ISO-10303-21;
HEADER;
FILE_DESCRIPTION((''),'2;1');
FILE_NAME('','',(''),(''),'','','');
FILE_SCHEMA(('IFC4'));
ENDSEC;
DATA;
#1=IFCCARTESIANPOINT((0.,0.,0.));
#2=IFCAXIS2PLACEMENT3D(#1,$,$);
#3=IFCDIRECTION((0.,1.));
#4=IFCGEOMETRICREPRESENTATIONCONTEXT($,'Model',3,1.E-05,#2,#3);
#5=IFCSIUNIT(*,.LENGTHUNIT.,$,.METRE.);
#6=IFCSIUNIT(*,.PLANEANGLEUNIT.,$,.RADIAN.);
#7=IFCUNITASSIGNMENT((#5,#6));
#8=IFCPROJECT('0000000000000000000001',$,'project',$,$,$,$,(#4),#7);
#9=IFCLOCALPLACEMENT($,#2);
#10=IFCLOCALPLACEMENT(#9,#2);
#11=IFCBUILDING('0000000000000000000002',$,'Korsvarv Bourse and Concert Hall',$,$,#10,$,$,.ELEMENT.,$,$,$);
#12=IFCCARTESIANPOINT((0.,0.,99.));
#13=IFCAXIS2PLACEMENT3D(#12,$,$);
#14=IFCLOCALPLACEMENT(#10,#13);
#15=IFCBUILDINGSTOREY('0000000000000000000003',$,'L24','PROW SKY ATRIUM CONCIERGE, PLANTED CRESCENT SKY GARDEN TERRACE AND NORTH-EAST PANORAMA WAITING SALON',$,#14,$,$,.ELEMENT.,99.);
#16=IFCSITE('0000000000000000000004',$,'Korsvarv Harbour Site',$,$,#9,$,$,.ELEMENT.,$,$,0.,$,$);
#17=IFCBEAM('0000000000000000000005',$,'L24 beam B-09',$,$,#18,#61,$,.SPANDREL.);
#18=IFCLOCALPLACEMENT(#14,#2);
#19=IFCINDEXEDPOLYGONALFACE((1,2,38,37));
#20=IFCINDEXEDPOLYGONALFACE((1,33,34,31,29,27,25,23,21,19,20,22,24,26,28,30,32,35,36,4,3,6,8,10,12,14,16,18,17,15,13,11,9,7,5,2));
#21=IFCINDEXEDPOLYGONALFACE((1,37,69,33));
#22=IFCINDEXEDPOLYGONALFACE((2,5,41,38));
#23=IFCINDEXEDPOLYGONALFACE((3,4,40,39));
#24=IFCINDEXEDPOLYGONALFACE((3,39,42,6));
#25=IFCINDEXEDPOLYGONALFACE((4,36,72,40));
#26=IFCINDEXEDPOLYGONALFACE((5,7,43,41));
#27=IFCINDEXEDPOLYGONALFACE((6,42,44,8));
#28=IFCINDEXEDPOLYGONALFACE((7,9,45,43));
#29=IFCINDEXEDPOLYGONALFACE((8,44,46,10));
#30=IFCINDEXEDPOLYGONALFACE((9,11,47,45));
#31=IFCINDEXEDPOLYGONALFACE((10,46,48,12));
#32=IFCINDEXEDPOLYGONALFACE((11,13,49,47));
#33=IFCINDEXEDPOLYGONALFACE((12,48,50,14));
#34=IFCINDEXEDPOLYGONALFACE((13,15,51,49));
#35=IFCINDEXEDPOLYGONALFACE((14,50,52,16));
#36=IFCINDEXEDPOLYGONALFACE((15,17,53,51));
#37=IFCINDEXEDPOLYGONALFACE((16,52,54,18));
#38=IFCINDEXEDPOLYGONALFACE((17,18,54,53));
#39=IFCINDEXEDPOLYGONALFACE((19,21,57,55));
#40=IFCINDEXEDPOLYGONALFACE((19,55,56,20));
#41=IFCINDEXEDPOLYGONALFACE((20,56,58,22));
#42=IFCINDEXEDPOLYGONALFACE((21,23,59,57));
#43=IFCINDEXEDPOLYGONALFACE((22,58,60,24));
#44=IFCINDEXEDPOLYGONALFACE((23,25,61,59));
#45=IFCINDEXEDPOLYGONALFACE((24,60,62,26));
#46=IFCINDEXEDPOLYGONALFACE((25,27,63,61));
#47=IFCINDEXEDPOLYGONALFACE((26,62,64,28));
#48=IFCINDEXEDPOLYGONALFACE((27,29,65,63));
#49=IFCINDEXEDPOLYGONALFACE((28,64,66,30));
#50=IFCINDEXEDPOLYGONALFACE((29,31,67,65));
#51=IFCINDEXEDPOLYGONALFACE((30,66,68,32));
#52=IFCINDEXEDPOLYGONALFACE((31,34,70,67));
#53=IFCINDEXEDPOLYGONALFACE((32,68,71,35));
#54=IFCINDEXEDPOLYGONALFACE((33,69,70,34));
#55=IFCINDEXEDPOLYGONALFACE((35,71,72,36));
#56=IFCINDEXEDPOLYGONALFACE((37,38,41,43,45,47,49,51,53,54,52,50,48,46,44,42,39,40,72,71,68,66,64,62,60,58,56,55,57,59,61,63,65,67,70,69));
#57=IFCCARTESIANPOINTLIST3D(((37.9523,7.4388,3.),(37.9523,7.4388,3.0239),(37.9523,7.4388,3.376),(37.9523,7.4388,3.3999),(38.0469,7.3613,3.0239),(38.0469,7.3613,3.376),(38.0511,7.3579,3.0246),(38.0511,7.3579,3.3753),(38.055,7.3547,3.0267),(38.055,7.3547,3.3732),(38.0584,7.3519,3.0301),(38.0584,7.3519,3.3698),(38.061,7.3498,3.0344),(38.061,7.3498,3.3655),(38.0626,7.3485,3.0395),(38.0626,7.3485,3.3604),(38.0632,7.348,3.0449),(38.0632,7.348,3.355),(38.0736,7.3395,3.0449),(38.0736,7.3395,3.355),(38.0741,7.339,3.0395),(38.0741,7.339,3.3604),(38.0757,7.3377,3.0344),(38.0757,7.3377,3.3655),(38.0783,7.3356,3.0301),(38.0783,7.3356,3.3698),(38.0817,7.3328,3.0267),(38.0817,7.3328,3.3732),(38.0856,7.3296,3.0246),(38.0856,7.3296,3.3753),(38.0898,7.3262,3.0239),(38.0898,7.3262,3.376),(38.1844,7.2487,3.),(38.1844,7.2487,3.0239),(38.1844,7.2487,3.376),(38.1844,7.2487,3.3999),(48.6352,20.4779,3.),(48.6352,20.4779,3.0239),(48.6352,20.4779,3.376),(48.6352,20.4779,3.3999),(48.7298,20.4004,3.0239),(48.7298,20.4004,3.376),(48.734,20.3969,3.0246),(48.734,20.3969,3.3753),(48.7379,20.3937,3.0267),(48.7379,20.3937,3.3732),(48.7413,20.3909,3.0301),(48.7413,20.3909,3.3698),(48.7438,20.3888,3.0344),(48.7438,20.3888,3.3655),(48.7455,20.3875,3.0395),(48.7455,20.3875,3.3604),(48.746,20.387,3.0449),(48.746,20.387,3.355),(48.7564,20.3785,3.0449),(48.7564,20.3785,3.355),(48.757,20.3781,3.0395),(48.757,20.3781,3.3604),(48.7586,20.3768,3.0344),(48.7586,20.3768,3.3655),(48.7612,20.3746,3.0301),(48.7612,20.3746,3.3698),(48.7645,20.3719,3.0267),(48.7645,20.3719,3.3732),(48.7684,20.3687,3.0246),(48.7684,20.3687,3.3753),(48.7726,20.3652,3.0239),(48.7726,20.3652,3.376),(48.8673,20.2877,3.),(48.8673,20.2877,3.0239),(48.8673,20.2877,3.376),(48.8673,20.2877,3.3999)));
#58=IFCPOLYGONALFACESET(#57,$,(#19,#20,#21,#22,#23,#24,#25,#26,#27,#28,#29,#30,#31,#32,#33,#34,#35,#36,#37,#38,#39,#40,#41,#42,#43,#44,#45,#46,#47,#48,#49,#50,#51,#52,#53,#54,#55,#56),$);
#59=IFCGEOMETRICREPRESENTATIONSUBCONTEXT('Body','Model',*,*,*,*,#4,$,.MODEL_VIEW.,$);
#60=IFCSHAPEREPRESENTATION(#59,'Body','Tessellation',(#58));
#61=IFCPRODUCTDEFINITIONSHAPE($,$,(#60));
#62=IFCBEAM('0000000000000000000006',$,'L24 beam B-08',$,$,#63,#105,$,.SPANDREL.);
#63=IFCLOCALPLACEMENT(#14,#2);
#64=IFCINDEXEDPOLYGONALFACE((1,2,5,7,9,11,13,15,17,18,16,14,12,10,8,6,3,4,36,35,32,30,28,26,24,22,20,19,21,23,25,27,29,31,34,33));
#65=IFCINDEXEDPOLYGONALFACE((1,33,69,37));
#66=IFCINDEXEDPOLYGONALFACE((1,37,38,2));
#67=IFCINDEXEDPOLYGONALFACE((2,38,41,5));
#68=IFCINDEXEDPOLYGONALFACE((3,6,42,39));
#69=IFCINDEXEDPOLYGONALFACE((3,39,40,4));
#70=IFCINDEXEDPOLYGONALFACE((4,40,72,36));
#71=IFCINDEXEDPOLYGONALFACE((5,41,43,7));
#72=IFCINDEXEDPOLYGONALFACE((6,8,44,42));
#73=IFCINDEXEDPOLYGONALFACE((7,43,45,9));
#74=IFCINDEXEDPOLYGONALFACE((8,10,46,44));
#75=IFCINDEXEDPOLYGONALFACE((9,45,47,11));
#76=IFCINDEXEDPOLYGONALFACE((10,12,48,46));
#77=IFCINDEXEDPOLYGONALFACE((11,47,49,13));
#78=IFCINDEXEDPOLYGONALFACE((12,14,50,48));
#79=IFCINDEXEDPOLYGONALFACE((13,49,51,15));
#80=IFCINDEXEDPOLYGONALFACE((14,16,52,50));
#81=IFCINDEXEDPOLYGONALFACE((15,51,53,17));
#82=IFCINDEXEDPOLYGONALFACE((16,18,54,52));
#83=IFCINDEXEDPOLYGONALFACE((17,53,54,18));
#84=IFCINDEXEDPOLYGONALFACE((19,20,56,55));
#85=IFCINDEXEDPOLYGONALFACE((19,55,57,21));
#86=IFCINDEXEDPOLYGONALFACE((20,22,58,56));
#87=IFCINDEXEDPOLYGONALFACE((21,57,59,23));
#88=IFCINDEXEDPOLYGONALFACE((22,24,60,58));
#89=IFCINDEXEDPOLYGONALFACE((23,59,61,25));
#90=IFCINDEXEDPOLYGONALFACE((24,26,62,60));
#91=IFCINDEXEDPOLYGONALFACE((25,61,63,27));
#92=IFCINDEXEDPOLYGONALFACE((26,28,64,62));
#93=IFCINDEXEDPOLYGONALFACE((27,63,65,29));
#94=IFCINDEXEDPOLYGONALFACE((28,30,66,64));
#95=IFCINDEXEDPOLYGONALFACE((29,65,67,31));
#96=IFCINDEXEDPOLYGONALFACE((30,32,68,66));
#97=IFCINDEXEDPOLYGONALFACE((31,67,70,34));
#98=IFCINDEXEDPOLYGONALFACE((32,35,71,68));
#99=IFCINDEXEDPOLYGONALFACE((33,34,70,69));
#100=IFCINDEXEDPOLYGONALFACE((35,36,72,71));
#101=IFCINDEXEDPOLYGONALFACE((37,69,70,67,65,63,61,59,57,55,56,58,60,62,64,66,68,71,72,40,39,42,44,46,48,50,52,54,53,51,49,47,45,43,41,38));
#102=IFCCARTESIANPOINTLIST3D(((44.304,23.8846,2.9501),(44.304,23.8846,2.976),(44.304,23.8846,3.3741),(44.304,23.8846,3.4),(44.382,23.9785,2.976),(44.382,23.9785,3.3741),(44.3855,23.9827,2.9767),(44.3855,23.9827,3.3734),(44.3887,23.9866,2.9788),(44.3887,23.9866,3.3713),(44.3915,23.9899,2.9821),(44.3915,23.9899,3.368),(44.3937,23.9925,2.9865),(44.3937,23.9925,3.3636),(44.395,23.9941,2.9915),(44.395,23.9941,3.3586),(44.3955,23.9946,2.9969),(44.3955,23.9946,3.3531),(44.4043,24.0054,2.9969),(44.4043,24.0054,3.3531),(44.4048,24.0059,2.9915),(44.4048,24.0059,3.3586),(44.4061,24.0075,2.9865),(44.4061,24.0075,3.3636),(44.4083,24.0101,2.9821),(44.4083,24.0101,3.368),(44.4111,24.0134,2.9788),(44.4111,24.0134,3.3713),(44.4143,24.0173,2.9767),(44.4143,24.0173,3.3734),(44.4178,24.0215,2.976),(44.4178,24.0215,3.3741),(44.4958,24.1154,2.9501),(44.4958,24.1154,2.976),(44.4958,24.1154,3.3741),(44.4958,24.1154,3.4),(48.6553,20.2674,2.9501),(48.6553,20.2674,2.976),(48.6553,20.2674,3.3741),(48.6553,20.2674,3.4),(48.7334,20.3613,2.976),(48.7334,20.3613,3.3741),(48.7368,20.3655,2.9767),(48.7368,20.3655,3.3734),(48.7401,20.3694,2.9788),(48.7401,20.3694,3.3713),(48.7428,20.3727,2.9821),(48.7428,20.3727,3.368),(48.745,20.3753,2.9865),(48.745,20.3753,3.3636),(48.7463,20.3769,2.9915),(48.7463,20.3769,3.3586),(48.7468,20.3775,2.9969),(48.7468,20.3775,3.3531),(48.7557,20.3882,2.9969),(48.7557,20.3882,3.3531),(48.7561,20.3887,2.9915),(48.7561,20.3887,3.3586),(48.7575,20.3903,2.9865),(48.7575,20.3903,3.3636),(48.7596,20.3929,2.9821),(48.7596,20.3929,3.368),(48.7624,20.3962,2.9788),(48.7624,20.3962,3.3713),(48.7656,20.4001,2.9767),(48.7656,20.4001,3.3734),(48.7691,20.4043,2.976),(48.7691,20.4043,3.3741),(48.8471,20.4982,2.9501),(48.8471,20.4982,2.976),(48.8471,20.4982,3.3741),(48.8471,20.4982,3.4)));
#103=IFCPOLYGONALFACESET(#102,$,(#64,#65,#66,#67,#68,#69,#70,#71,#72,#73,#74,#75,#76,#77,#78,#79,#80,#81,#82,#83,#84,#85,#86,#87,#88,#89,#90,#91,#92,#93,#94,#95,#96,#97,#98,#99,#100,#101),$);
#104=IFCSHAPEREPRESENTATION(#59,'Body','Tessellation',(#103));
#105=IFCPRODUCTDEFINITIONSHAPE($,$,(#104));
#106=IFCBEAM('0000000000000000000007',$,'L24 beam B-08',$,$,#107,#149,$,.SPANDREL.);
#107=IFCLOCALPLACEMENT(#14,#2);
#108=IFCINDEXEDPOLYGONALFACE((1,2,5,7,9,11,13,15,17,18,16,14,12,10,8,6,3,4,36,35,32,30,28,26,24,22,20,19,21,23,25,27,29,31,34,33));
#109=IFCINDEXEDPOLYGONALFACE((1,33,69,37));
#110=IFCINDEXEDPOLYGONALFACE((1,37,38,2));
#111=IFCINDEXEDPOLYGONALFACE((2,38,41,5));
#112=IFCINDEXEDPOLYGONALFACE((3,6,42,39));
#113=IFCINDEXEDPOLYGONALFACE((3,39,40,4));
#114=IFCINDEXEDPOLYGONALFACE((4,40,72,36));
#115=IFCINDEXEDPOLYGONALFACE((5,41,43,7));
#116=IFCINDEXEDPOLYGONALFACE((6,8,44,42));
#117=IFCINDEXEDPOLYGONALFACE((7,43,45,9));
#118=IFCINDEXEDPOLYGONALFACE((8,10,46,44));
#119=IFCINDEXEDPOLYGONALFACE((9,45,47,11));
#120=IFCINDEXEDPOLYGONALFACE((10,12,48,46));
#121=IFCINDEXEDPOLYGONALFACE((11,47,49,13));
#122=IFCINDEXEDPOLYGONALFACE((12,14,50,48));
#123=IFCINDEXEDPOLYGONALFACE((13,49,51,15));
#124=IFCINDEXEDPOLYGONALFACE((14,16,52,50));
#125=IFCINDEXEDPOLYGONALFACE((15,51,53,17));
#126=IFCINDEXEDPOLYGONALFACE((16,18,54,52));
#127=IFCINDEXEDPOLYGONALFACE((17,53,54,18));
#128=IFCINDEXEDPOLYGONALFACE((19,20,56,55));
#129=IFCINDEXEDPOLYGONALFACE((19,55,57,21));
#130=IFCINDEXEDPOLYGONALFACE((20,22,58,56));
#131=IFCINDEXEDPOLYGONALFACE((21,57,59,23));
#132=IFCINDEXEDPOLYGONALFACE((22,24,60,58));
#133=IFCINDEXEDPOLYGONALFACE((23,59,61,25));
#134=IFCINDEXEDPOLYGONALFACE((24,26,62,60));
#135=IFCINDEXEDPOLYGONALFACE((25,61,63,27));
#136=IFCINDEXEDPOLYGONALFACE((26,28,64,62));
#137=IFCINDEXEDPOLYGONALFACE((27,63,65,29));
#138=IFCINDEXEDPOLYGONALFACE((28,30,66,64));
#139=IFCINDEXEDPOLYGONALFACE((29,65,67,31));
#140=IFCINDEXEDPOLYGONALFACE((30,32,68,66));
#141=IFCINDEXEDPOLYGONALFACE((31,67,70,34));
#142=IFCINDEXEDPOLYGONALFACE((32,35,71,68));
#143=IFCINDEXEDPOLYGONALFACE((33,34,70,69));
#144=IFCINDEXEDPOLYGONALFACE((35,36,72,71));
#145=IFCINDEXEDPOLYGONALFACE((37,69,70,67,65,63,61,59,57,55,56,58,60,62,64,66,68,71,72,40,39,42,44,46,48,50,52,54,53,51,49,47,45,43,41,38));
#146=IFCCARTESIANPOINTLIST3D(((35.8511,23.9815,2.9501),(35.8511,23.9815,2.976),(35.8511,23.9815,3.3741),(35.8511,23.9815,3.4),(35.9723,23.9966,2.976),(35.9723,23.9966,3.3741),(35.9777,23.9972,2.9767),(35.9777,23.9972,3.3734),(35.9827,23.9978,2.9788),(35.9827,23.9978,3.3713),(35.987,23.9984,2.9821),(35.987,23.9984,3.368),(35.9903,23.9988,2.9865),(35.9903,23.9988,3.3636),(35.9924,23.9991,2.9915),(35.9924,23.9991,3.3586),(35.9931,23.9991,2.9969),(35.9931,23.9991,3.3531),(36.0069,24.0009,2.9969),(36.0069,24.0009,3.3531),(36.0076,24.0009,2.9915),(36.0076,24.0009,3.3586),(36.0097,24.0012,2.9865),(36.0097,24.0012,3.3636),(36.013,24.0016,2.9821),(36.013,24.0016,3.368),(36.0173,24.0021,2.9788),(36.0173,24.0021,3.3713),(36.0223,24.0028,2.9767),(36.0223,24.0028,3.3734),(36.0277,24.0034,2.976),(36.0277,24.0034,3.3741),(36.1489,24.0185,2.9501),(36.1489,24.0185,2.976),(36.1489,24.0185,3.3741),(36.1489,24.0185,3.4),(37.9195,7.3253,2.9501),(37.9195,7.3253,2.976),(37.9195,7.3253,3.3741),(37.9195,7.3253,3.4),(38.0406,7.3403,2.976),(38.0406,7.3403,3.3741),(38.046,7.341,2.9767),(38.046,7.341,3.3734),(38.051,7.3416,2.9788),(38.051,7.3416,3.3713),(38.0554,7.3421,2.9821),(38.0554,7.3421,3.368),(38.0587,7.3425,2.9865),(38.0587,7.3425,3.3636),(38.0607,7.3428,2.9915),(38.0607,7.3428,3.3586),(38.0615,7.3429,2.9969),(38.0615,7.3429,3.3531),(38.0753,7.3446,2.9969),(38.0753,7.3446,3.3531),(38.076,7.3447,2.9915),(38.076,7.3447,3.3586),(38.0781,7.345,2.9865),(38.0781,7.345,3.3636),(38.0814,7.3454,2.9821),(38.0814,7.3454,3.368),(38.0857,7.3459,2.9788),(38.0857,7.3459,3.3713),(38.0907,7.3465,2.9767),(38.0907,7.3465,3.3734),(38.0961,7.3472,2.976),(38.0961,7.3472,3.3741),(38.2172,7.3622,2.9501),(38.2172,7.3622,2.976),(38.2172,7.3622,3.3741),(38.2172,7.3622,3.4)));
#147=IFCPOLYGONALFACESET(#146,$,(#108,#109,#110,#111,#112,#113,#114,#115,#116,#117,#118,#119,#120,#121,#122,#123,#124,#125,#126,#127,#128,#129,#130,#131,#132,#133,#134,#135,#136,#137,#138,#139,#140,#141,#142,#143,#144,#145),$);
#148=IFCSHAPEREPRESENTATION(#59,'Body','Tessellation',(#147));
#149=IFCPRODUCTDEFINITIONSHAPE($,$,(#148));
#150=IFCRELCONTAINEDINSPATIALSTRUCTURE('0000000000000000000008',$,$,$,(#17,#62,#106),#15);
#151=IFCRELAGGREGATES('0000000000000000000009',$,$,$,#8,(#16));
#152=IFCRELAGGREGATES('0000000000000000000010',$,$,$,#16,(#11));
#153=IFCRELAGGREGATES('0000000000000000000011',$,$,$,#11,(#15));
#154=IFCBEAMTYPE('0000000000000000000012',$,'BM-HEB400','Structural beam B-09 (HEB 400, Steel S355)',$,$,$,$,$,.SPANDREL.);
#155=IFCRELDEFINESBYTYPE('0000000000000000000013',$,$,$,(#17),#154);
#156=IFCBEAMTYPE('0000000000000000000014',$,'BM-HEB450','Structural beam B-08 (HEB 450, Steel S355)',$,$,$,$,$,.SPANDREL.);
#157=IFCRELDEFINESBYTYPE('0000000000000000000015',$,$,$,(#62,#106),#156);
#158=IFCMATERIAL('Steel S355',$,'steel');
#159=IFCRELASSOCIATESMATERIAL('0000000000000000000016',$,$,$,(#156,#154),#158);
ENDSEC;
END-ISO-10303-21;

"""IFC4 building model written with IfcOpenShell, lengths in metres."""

from ifc_helpers import new_model, si_unit, direction, frame, origin, origin_2d, place, context, subcontext, project, spatial, i_section, extrude, source, transform, mapped, material, material_profile, profile_set, type_object, element, save


model = new_model("IFC4")

# Units and contexts
model_context = context("Model", 3, precision=1e-05, world=origin(), true_north=direction((0.0, 1.0)))
body_context = subcontext(model_context, "Body", "Model", "MODEL_VIEW")
ifc_project = project(units=[si_unit("LENGTHUNIT", "METRE"), si_unit("PLANEANGLEUNIT", "RADIAN")], contexts=[model_context])

# Site, building, storey
site_placement = place(None, origin())
site = spatial("IfcSite", under=ifc_project, at=site_placement, Name="Korsvarv Harbour Site", CompositionType="ELEMENT", RefElevation=0.0)
building_placement = place(site_placement, origin())
building = spatial("IfcBuilding", under=site, at=building_placement, Name="Korsvarv Bourse and Concert Hall", CompositionType="ELEMENT")
storey_placement = place(building_placement, frame((0.0, 0.0, 99.0)))
storey = spatial("IfcBuildingStorey", under=building, at=storey_placement, Name="L24", Description="PROW SKY ATRIUM CONCIERGE, PLANTED CRESCENT SKY GARDEN TERRACE AND NORTH-EAST PANORAMA WAITING SALON", CompositionType="ELEMENT", Elevation=99.0)

# Beams
ifc_material_1 = material(Name="Steel S355", Category="steel")
ifc_material_profile_1 = material_profile(ifc_material_1, i_section(OverallWidth=0.3, OverallDepth=0.45, WebThickness=0.0139, FlangeThickness=0.0259, FilletRadius=0.021, at=origin_2d()), Name="HEB 450")
ifc_profile_set_1 = profile_set([ifc_material_profile_1], Name="Steel S355")
beam_type_1 = type_object("IfcBeamType", Name="BM-HEB450", Description="Structural beam B-08 (HEB 450, Steel S355)", PredefinedType="SPANDREL", material=ifc_profile_set_1)
ifc_material_profile_2 = material_profile(ifc_material_1, i_section(OverallWidth=0.3, OverallDepth=0.3999, WebThickness=0.0134, FlangeThickness=0.0239, FilletRadius=0.021, at=origin_2d()), Name="HEB 400")
ifc_profile_set_2 = profile_set([ifc_material_profile_2], Name="Steel S355")
beam_type_2 = type_object("IfcBeamType", Name="BM-HEB400", Description="Structural beam B-09 (HEB 400, Steel S355)", PredefinedType="SPANDREL", material=ifc_profile_set_2)
shared_shape_1 = source(origin(), body_context, "Body", "SweptSolid", [
    extrude(i_section(OverallWidth=0.3, OverallDepth=0.3999, WebThickness=0.0134, FlangeThickness=0.0239, FilletRadius=0.021, at=origin_2d()), origin(), (0.0, 0.0, 1.0), 16.8564),
])
beam_1_placement = place(storey_placement, frame((38.0684, 7.3438, 3.2), z_axis=(0.633754, 0.773534, 0.0), x_axis=(-0.773534, 0.633754, 0.0)))
element("IfcBeam", 1, at=beam_1_placement, inside=storey, type_object=beam_type_2, Name="L24 beam B-09", PredefinedType="SPANDREL", context=body_context, shape_type="MappedRepresentation", body=[
    mapped(shared_shape_1, transform((0.0, 0.0, 0.0), scale=1.0)),
])
shared_shape_2 = source(origin(), body_context, "Body", "SweptSolid", [
    extrude(i_section(OverallWidth=0.3, OverallDepth=0.45, WebThickness=0.0139, FlangeThickness=0.0259, FilletRadius=0.021, at=origin_2d()), origin(), (0.0, 0.0, 1.0), 5.6584),
])
beam_2_placement = place(storey_placement, frame((48.7512, 20.3828, 3.175), z_axis=(-0.768995, 0.639255, 0.0), x_axis=(-0.639255, -0.768995, 0.0)))
element("IfcBeam", 2, at=beam_2_placement, inside=storey, type_object=beam_type_1, Name="L24 beam B-08", PredefinedType="SPANDREL", context=body_context, shape_type="MappedRepresentation", body=[
    mapped(shared_shape_2, transform((0.0, 0.0, 0.0), scale=1.0)),
])
shared_shape_3 = source(origin(), body_context, "Body", "SweptSolid", [
    extrude(i_section(OverallWidth=0.3, OverallDepth=0.45, WebThickness=0.0139, FlangeThickness=0.0259, FilletRadius=0.021, at=origin_2d()), origin(), (0.0, 0.0, 1.0), 16.7842),
])
beam_3_placement = place(storey_placement, frame((38.0684, 7.3438, 3.175), z_axis=(-0.123233, 0.992378, 0.0), x_axis=(-0.992378, -0.123233, 0.0)))
element("IfcBeam", 3, at=beam_3_placement, inside=storey, type_object=beam_type_1, Name="L24 beam B-08", PredefinedType="SPANDREL", context=body_context, shape_type="MappedRepresentation", body=[
    mapped(shared_shape_3, transform((0.0, 0.0, 0.0), scale=1.0)),
])

save(model, "model.ifc")
